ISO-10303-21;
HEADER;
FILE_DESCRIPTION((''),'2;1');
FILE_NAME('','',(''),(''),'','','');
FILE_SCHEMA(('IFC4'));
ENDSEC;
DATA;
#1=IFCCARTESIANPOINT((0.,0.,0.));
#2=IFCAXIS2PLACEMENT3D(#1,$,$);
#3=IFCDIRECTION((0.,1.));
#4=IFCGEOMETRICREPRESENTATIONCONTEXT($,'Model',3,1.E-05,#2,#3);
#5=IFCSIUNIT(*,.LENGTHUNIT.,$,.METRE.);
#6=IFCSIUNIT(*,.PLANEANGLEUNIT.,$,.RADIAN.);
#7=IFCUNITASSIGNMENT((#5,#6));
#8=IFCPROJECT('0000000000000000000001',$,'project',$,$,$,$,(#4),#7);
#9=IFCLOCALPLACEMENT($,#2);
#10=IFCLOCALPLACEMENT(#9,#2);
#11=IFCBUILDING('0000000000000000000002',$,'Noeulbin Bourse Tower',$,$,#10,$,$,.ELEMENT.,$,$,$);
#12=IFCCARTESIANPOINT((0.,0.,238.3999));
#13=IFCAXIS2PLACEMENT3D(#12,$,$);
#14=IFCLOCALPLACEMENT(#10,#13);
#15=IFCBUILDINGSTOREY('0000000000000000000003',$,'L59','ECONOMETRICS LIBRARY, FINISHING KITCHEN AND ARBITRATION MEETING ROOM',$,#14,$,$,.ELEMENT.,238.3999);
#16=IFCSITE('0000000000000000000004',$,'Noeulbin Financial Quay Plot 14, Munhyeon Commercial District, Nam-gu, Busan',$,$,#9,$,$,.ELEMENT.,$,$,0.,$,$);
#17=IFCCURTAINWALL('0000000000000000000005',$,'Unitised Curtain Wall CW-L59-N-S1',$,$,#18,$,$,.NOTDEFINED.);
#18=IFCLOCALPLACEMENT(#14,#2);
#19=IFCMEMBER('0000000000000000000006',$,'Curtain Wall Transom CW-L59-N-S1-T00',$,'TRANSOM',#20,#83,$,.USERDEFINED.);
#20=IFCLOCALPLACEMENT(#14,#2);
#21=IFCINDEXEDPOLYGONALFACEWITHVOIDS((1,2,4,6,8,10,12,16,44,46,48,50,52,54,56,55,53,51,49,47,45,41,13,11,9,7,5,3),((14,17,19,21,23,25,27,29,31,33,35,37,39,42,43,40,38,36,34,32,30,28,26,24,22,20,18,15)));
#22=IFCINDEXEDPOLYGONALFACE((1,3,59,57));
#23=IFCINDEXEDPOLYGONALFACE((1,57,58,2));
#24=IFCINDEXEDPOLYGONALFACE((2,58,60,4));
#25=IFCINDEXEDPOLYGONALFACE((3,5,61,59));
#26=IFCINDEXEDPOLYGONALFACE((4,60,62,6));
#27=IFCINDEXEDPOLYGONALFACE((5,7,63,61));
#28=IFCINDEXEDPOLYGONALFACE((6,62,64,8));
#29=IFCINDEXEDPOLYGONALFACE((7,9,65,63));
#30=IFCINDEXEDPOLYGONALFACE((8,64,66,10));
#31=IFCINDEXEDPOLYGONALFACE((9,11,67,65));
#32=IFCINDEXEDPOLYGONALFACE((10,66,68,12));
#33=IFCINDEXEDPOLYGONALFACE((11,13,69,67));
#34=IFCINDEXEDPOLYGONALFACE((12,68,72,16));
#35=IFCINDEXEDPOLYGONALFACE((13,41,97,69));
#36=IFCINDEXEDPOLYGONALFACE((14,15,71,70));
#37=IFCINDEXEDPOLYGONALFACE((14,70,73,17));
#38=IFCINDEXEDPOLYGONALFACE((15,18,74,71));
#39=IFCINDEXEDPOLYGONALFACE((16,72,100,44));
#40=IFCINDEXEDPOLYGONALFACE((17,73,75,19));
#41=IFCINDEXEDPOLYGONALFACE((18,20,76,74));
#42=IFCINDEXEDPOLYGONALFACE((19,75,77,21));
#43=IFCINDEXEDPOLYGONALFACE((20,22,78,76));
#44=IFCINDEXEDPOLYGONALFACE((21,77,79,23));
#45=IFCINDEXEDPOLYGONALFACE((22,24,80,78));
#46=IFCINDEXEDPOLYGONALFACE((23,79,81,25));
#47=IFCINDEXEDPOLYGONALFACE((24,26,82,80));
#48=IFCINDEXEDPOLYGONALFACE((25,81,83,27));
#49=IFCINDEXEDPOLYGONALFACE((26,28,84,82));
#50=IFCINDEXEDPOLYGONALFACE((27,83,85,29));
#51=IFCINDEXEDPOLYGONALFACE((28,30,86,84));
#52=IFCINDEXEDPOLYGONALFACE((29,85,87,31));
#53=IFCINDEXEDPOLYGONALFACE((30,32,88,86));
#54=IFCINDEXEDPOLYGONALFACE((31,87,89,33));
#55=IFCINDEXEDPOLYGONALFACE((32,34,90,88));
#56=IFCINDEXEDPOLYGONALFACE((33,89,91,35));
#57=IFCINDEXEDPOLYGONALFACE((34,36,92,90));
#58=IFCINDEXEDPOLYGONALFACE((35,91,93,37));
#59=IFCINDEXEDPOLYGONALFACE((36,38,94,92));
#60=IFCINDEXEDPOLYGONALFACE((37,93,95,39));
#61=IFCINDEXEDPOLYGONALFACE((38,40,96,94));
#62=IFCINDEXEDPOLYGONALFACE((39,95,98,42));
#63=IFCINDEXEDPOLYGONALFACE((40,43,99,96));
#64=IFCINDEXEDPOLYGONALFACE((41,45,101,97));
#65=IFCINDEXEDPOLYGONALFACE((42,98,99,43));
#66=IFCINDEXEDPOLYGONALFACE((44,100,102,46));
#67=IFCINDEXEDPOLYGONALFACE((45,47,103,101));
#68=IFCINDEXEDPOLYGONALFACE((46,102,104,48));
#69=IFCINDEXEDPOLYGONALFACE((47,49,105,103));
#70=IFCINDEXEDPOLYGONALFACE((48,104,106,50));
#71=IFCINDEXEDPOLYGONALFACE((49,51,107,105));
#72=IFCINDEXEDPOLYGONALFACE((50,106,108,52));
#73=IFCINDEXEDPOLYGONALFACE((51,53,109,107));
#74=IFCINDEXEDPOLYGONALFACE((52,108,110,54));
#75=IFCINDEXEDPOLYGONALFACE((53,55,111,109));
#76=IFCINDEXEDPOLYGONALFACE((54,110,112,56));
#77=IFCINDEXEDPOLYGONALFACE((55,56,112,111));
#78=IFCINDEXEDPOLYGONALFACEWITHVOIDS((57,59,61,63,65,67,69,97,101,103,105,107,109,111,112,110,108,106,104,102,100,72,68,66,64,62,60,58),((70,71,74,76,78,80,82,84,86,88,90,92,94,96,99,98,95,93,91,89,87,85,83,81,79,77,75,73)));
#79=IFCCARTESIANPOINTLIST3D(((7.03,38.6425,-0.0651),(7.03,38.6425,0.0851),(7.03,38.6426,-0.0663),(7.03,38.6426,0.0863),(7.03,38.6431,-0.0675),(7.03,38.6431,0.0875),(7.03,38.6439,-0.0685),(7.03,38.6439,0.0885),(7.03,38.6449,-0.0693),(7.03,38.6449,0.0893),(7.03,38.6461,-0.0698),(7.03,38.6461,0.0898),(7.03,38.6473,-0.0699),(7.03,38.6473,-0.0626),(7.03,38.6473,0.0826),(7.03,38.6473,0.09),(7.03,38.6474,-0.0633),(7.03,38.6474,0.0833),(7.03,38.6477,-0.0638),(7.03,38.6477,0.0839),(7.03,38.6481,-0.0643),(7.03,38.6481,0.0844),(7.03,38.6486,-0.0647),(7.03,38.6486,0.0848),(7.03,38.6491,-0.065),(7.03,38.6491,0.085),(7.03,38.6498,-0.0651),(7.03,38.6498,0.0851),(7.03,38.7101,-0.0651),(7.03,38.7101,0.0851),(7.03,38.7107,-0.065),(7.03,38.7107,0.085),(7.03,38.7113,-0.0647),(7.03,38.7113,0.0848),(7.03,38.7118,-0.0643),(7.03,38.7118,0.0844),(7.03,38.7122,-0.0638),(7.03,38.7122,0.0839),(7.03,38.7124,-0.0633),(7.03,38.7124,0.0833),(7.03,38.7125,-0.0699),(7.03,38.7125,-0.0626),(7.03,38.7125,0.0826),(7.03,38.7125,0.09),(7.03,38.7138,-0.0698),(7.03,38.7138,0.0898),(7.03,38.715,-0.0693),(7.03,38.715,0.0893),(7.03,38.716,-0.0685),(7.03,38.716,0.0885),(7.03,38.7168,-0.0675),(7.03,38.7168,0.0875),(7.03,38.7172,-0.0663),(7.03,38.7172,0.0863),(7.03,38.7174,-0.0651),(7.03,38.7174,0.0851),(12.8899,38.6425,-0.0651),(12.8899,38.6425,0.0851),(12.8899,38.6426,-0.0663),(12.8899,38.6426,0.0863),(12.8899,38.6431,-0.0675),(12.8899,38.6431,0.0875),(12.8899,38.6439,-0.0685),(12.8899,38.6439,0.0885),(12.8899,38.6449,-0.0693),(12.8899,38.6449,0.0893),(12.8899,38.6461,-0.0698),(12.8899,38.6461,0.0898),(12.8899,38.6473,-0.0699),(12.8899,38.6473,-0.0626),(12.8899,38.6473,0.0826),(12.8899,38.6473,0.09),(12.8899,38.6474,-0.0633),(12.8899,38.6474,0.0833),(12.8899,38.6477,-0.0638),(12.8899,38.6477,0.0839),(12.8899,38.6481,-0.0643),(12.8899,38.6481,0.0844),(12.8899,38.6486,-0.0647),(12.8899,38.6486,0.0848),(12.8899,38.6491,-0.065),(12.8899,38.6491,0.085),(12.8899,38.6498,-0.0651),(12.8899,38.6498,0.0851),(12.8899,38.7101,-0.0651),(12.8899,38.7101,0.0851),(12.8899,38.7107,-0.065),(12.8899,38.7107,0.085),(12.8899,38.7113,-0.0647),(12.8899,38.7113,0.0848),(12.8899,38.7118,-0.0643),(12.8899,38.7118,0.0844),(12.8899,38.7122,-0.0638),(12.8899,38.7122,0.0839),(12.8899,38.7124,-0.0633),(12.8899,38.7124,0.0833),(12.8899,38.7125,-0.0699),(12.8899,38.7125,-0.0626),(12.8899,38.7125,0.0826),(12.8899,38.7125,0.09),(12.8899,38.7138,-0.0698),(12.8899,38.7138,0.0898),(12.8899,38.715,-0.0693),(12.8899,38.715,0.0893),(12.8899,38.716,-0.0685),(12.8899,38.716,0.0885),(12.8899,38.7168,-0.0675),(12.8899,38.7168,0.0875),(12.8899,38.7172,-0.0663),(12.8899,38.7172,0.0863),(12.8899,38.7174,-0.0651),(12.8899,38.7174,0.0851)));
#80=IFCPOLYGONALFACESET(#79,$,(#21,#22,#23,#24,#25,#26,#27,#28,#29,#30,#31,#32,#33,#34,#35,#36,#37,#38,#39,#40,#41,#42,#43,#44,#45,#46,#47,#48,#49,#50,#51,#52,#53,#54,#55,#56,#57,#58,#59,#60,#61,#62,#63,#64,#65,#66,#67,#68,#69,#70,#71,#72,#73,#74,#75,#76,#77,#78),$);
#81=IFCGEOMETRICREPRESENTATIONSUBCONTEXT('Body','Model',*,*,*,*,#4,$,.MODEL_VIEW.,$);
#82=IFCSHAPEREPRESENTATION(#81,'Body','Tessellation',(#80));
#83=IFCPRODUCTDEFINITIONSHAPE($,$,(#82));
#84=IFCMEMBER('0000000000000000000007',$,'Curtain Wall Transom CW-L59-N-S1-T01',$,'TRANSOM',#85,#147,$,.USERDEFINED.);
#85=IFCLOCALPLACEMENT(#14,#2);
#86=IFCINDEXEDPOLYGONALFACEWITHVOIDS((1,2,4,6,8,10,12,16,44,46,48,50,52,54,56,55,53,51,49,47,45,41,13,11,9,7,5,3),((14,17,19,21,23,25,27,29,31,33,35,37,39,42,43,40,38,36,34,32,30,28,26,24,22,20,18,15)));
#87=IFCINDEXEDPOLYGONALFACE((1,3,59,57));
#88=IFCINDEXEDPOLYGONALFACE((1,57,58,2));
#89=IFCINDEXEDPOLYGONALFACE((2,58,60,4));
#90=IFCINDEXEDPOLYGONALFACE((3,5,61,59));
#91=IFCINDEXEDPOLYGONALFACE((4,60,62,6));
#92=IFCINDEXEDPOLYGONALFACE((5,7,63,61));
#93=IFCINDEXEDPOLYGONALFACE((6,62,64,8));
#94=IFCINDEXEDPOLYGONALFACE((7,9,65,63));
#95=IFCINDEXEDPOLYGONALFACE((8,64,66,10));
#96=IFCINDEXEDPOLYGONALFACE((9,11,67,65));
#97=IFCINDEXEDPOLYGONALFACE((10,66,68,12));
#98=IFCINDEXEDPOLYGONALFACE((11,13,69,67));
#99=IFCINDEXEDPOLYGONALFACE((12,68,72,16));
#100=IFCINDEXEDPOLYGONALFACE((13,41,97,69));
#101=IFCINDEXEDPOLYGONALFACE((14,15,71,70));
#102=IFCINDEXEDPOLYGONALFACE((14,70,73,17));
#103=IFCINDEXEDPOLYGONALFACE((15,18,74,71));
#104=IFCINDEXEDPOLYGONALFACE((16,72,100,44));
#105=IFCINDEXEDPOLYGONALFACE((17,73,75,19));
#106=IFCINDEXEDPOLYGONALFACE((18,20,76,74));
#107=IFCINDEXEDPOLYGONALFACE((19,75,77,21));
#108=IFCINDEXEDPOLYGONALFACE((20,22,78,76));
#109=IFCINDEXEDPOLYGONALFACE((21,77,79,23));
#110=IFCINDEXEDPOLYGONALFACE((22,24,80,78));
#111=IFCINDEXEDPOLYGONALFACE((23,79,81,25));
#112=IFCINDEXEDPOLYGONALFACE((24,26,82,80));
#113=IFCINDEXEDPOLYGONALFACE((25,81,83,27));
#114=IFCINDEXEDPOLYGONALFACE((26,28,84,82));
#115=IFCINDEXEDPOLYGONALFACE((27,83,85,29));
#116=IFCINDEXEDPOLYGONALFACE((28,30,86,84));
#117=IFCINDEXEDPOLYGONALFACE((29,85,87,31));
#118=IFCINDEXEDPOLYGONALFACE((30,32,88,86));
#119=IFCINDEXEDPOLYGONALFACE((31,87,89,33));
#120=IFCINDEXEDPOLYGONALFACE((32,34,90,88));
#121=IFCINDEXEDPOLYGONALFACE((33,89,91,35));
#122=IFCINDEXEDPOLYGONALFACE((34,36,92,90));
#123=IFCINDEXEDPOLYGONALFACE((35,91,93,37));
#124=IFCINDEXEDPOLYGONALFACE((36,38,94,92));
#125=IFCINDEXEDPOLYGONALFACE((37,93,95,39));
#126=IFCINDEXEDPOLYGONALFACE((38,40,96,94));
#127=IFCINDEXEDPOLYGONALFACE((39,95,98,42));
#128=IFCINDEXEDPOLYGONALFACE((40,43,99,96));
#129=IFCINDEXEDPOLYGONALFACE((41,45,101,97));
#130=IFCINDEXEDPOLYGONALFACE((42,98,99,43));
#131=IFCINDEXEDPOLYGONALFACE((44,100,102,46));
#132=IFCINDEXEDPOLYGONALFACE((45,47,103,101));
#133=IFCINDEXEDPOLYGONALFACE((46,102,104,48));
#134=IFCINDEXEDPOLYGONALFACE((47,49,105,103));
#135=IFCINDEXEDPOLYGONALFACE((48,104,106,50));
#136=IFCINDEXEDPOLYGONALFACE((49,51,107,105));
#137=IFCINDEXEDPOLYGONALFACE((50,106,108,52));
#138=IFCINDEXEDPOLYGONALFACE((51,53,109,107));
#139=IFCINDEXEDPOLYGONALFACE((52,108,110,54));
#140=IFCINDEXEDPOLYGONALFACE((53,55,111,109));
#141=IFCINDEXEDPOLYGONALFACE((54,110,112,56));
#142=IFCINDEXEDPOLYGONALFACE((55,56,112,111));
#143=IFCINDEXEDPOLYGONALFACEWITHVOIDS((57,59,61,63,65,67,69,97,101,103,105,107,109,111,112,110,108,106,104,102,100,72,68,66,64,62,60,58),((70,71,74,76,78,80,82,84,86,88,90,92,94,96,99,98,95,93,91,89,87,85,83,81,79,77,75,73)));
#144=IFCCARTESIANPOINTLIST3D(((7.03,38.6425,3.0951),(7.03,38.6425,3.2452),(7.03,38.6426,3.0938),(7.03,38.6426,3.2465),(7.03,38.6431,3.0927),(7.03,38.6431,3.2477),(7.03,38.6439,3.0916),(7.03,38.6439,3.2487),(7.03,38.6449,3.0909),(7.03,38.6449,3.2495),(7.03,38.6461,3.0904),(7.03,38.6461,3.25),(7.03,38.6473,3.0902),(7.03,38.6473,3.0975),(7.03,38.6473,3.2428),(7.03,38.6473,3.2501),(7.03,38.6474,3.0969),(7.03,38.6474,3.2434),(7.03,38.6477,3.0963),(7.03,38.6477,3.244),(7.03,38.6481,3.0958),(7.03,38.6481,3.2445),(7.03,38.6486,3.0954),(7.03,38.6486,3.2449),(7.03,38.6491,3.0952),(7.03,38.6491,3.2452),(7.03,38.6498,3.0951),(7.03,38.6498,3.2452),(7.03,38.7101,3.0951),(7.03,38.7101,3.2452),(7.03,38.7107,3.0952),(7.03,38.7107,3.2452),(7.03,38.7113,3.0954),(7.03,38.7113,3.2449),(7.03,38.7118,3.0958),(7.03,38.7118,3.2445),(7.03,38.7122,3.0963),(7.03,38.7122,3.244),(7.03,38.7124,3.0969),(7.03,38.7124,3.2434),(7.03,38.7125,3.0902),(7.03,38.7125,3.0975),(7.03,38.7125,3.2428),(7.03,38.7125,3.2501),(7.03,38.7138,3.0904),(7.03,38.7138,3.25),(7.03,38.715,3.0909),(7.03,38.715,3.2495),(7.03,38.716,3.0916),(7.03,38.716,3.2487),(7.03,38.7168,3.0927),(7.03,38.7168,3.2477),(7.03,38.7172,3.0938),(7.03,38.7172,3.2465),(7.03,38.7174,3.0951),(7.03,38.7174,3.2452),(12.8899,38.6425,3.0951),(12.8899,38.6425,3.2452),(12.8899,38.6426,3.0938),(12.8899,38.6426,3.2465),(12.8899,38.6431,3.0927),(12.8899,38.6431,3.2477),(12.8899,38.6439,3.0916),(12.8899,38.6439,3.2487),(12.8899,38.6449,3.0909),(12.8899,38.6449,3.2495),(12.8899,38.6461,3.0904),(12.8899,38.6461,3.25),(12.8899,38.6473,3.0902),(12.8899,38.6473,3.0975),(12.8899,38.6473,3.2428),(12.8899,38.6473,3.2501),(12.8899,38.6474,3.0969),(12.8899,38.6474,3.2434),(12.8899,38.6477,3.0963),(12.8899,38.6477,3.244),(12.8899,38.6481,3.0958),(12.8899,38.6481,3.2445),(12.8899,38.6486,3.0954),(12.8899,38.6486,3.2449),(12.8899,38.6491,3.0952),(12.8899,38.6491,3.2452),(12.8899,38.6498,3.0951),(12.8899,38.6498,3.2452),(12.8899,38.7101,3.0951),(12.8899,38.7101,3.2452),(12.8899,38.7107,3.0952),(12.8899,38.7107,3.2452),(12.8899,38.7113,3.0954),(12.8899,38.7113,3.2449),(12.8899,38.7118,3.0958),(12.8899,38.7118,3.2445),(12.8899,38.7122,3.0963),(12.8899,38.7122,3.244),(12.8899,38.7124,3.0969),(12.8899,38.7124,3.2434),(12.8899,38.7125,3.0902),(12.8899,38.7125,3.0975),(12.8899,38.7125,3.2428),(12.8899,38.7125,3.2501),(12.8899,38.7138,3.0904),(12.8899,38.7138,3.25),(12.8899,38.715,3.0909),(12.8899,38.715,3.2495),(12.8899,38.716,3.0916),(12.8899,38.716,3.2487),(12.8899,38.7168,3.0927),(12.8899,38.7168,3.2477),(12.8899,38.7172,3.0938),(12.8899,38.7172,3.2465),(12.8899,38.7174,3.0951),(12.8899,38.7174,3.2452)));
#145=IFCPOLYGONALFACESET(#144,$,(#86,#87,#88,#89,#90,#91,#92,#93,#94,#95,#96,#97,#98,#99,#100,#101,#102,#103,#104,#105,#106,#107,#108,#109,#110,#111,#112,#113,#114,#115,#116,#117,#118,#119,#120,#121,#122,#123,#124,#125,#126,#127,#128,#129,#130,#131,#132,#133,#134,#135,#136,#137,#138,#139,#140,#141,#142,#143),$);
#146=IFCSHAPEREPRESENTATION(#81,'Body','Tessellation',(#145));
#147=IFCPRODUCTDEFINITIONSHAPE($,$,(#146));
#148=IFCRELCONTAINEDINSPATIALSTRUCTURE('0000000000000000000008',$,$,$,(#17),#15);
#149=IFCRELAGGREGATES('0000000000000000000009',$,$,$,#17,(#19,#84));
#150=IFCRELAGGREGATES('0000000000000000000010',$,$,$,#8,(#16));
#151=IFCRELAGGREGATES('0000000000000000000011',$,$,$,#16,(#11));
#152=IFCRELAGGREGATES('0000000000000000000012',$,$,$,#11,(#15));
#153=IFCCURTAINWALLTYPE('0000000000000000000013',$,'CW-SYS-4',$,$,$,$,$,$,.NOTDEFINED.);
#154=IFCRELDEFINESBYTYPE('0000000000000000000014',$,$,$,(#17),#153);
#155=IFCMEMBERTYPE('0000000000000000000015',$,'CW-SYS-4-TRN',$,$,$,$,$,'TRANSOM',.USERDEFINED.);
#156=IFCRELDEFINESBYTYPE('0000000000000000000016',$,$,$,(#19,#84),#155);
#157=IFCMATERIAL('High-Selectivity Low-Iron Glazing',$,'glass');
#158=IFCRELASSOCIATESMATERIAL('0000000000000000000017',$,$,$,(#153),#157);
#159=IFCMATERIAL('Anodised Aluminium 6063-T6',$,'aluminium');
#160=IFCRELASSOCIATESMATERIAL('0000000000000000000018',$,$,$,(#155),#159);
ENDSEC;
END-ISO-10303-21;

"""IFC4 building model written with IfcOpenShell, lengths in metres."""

from ifc_helpers import new_model, si_unit, direction, frame, origin, origin_2d, place, context, subcontext, project, spatial, hollow_rectangle, extrude, material, material_profile, profile_set, type_object, element, aggregate, save


model = new_model("IFC4")

# Units and contexts
model_context = context("Model", 3, precision=1e-05, world=origin(), true_north=direction((0.0, 1.0)))
body_context = subcontext(model_context, "Body", "Model", "MODEL_VIEW")
ifc_project = project(units=[si_unit("LENGTHUNIT", "METRE"), si_unit("PLANEANGLEUNIT", "RADIAN")], contexts=[model_context])

# Site, building, storey
site_placement = place(None, origin())
site = spatial("IfcSite", under=ifc_project, at=site_placement, Name="Noeulbin Financial Quay Plot 14, Munhyeon Commercial District, Nam-gu, Busan", CompositionType="ELEMENT", RefElevation=0.0)
building_placement = place(site_placement, origin())
building = spatial("IfcBuilding", under=site, at=building_placement, Name="Noeulbin Bourse Tower", CompositionType="ELEMENT")
storey_placement = place(building_placement, frame((0.0, 0.0, 238.3999)))
storey = spatial("IfcBuildingStorey", under=building, at=storey_placement, Name="L59", Description="ECONOMETRICS LIBRARY, FINISHING KITCHEN AND ARBITRATION MEETING ROOM", CompositionType="ELEMENT", Elevation=238.3999)

# Curtain wall
ifc_material_1 = material(Name="High-Selectivity Low-Iron Glazing", Category="glass")
curtain_wall_type = type_object("IfcCurtainWallType", Name="CW-SYS-4", PredefinedType="NOTDEFINED", material=ifc_material_1)
curtain_wall_1_placement = place(storey_placement, origin())
curtain_wall_1 = element("IfcCurtainWall", 1, at=curtain_wall_1_placement, inside=storey, type_object=curtain_wall_type, Name="Unitised Curtain Wall CW-L59-N-S1", PredefinedType="NOTDEFINED")
ifc_material_2 = material(Name="Anodised Aluminium 6063-T6", Category="aluminium")

# Members
ifc_material_profile_1 = material_profile(ifc_material_2, hollow_rectangle(XDim=0.075, YDim=0.1599, WallThickness=0.0049, InnerFilletRadius=0.0024, OuterFilletRadius=0.0049, at=origin_2d()), Name="ALU-TRAN-75x160x5", Category="LoadBearing")
ifc_profile_set_1 = profile_set([ifc_material_profile_1], Name="Anodised Aluminium 6063-T6")
member_type_1 = type_object("IfcMemberType", Name="CW-SYS-4-TRN", ElementType="TRANSOM", PredefinedType="USERDEFINED", material=ifc_profile_set_1)
member_1_placement = place(storey_placement, frame((7.03, 38.6799, 0.01), z_axis=(1.0, 0.0, 0.0), x_axis=(0.0, 1.0, 0.0)))
member_1 = element("IfcMember", 2, at=member_1_placement, type_object=member_type_1, Name="Curtain Wall Transom CW-L59-N-S1-T00", ObjectType="TRANSOM", PredefinedType="USERDEFINED", context=body_context, shape_type="SweptSolid", body=[
    extrude(hollow_rectangle(XDim=0.075, YDim=0.1599, WallThickness=0.0049, InnerFilletRadius=0.0024, OuterFilletRadius=0.0049, at=origin_2d()), origin(), (0.0, 0.0, 1.0), 5.8599),
])
member_2_placement = place(storey_placement, frame((7.03, 38.6799, 3.1702), z_axis=(1.0, 0.0, 0.0), x_axis=(0.0, 1.0, 0.0)))
member_2 = element("IfcMember", 3, at=member_2_placement, type_object=member_type_1, Name="Curtain Wall Transom CW-L59-N-S1-T01", ObjectType="TRANSOM", PredefinedType="USERDEFINED", context=body_context, shape_type="SweptSolid", body=[
    extrude(hollow_rectangle(XDim=0.075, YDim=0.1599, WallThickness=0.0049, InnerFilletRadius=0.0024, OuterFilletRadius=0.0049, at=origin_2d()), origin(), (0.0, 0.0, 1.0), 5.8599),
])

aggregate(curtain_wall_1, [member_1, member_2])

save(model, "model.ifc")
